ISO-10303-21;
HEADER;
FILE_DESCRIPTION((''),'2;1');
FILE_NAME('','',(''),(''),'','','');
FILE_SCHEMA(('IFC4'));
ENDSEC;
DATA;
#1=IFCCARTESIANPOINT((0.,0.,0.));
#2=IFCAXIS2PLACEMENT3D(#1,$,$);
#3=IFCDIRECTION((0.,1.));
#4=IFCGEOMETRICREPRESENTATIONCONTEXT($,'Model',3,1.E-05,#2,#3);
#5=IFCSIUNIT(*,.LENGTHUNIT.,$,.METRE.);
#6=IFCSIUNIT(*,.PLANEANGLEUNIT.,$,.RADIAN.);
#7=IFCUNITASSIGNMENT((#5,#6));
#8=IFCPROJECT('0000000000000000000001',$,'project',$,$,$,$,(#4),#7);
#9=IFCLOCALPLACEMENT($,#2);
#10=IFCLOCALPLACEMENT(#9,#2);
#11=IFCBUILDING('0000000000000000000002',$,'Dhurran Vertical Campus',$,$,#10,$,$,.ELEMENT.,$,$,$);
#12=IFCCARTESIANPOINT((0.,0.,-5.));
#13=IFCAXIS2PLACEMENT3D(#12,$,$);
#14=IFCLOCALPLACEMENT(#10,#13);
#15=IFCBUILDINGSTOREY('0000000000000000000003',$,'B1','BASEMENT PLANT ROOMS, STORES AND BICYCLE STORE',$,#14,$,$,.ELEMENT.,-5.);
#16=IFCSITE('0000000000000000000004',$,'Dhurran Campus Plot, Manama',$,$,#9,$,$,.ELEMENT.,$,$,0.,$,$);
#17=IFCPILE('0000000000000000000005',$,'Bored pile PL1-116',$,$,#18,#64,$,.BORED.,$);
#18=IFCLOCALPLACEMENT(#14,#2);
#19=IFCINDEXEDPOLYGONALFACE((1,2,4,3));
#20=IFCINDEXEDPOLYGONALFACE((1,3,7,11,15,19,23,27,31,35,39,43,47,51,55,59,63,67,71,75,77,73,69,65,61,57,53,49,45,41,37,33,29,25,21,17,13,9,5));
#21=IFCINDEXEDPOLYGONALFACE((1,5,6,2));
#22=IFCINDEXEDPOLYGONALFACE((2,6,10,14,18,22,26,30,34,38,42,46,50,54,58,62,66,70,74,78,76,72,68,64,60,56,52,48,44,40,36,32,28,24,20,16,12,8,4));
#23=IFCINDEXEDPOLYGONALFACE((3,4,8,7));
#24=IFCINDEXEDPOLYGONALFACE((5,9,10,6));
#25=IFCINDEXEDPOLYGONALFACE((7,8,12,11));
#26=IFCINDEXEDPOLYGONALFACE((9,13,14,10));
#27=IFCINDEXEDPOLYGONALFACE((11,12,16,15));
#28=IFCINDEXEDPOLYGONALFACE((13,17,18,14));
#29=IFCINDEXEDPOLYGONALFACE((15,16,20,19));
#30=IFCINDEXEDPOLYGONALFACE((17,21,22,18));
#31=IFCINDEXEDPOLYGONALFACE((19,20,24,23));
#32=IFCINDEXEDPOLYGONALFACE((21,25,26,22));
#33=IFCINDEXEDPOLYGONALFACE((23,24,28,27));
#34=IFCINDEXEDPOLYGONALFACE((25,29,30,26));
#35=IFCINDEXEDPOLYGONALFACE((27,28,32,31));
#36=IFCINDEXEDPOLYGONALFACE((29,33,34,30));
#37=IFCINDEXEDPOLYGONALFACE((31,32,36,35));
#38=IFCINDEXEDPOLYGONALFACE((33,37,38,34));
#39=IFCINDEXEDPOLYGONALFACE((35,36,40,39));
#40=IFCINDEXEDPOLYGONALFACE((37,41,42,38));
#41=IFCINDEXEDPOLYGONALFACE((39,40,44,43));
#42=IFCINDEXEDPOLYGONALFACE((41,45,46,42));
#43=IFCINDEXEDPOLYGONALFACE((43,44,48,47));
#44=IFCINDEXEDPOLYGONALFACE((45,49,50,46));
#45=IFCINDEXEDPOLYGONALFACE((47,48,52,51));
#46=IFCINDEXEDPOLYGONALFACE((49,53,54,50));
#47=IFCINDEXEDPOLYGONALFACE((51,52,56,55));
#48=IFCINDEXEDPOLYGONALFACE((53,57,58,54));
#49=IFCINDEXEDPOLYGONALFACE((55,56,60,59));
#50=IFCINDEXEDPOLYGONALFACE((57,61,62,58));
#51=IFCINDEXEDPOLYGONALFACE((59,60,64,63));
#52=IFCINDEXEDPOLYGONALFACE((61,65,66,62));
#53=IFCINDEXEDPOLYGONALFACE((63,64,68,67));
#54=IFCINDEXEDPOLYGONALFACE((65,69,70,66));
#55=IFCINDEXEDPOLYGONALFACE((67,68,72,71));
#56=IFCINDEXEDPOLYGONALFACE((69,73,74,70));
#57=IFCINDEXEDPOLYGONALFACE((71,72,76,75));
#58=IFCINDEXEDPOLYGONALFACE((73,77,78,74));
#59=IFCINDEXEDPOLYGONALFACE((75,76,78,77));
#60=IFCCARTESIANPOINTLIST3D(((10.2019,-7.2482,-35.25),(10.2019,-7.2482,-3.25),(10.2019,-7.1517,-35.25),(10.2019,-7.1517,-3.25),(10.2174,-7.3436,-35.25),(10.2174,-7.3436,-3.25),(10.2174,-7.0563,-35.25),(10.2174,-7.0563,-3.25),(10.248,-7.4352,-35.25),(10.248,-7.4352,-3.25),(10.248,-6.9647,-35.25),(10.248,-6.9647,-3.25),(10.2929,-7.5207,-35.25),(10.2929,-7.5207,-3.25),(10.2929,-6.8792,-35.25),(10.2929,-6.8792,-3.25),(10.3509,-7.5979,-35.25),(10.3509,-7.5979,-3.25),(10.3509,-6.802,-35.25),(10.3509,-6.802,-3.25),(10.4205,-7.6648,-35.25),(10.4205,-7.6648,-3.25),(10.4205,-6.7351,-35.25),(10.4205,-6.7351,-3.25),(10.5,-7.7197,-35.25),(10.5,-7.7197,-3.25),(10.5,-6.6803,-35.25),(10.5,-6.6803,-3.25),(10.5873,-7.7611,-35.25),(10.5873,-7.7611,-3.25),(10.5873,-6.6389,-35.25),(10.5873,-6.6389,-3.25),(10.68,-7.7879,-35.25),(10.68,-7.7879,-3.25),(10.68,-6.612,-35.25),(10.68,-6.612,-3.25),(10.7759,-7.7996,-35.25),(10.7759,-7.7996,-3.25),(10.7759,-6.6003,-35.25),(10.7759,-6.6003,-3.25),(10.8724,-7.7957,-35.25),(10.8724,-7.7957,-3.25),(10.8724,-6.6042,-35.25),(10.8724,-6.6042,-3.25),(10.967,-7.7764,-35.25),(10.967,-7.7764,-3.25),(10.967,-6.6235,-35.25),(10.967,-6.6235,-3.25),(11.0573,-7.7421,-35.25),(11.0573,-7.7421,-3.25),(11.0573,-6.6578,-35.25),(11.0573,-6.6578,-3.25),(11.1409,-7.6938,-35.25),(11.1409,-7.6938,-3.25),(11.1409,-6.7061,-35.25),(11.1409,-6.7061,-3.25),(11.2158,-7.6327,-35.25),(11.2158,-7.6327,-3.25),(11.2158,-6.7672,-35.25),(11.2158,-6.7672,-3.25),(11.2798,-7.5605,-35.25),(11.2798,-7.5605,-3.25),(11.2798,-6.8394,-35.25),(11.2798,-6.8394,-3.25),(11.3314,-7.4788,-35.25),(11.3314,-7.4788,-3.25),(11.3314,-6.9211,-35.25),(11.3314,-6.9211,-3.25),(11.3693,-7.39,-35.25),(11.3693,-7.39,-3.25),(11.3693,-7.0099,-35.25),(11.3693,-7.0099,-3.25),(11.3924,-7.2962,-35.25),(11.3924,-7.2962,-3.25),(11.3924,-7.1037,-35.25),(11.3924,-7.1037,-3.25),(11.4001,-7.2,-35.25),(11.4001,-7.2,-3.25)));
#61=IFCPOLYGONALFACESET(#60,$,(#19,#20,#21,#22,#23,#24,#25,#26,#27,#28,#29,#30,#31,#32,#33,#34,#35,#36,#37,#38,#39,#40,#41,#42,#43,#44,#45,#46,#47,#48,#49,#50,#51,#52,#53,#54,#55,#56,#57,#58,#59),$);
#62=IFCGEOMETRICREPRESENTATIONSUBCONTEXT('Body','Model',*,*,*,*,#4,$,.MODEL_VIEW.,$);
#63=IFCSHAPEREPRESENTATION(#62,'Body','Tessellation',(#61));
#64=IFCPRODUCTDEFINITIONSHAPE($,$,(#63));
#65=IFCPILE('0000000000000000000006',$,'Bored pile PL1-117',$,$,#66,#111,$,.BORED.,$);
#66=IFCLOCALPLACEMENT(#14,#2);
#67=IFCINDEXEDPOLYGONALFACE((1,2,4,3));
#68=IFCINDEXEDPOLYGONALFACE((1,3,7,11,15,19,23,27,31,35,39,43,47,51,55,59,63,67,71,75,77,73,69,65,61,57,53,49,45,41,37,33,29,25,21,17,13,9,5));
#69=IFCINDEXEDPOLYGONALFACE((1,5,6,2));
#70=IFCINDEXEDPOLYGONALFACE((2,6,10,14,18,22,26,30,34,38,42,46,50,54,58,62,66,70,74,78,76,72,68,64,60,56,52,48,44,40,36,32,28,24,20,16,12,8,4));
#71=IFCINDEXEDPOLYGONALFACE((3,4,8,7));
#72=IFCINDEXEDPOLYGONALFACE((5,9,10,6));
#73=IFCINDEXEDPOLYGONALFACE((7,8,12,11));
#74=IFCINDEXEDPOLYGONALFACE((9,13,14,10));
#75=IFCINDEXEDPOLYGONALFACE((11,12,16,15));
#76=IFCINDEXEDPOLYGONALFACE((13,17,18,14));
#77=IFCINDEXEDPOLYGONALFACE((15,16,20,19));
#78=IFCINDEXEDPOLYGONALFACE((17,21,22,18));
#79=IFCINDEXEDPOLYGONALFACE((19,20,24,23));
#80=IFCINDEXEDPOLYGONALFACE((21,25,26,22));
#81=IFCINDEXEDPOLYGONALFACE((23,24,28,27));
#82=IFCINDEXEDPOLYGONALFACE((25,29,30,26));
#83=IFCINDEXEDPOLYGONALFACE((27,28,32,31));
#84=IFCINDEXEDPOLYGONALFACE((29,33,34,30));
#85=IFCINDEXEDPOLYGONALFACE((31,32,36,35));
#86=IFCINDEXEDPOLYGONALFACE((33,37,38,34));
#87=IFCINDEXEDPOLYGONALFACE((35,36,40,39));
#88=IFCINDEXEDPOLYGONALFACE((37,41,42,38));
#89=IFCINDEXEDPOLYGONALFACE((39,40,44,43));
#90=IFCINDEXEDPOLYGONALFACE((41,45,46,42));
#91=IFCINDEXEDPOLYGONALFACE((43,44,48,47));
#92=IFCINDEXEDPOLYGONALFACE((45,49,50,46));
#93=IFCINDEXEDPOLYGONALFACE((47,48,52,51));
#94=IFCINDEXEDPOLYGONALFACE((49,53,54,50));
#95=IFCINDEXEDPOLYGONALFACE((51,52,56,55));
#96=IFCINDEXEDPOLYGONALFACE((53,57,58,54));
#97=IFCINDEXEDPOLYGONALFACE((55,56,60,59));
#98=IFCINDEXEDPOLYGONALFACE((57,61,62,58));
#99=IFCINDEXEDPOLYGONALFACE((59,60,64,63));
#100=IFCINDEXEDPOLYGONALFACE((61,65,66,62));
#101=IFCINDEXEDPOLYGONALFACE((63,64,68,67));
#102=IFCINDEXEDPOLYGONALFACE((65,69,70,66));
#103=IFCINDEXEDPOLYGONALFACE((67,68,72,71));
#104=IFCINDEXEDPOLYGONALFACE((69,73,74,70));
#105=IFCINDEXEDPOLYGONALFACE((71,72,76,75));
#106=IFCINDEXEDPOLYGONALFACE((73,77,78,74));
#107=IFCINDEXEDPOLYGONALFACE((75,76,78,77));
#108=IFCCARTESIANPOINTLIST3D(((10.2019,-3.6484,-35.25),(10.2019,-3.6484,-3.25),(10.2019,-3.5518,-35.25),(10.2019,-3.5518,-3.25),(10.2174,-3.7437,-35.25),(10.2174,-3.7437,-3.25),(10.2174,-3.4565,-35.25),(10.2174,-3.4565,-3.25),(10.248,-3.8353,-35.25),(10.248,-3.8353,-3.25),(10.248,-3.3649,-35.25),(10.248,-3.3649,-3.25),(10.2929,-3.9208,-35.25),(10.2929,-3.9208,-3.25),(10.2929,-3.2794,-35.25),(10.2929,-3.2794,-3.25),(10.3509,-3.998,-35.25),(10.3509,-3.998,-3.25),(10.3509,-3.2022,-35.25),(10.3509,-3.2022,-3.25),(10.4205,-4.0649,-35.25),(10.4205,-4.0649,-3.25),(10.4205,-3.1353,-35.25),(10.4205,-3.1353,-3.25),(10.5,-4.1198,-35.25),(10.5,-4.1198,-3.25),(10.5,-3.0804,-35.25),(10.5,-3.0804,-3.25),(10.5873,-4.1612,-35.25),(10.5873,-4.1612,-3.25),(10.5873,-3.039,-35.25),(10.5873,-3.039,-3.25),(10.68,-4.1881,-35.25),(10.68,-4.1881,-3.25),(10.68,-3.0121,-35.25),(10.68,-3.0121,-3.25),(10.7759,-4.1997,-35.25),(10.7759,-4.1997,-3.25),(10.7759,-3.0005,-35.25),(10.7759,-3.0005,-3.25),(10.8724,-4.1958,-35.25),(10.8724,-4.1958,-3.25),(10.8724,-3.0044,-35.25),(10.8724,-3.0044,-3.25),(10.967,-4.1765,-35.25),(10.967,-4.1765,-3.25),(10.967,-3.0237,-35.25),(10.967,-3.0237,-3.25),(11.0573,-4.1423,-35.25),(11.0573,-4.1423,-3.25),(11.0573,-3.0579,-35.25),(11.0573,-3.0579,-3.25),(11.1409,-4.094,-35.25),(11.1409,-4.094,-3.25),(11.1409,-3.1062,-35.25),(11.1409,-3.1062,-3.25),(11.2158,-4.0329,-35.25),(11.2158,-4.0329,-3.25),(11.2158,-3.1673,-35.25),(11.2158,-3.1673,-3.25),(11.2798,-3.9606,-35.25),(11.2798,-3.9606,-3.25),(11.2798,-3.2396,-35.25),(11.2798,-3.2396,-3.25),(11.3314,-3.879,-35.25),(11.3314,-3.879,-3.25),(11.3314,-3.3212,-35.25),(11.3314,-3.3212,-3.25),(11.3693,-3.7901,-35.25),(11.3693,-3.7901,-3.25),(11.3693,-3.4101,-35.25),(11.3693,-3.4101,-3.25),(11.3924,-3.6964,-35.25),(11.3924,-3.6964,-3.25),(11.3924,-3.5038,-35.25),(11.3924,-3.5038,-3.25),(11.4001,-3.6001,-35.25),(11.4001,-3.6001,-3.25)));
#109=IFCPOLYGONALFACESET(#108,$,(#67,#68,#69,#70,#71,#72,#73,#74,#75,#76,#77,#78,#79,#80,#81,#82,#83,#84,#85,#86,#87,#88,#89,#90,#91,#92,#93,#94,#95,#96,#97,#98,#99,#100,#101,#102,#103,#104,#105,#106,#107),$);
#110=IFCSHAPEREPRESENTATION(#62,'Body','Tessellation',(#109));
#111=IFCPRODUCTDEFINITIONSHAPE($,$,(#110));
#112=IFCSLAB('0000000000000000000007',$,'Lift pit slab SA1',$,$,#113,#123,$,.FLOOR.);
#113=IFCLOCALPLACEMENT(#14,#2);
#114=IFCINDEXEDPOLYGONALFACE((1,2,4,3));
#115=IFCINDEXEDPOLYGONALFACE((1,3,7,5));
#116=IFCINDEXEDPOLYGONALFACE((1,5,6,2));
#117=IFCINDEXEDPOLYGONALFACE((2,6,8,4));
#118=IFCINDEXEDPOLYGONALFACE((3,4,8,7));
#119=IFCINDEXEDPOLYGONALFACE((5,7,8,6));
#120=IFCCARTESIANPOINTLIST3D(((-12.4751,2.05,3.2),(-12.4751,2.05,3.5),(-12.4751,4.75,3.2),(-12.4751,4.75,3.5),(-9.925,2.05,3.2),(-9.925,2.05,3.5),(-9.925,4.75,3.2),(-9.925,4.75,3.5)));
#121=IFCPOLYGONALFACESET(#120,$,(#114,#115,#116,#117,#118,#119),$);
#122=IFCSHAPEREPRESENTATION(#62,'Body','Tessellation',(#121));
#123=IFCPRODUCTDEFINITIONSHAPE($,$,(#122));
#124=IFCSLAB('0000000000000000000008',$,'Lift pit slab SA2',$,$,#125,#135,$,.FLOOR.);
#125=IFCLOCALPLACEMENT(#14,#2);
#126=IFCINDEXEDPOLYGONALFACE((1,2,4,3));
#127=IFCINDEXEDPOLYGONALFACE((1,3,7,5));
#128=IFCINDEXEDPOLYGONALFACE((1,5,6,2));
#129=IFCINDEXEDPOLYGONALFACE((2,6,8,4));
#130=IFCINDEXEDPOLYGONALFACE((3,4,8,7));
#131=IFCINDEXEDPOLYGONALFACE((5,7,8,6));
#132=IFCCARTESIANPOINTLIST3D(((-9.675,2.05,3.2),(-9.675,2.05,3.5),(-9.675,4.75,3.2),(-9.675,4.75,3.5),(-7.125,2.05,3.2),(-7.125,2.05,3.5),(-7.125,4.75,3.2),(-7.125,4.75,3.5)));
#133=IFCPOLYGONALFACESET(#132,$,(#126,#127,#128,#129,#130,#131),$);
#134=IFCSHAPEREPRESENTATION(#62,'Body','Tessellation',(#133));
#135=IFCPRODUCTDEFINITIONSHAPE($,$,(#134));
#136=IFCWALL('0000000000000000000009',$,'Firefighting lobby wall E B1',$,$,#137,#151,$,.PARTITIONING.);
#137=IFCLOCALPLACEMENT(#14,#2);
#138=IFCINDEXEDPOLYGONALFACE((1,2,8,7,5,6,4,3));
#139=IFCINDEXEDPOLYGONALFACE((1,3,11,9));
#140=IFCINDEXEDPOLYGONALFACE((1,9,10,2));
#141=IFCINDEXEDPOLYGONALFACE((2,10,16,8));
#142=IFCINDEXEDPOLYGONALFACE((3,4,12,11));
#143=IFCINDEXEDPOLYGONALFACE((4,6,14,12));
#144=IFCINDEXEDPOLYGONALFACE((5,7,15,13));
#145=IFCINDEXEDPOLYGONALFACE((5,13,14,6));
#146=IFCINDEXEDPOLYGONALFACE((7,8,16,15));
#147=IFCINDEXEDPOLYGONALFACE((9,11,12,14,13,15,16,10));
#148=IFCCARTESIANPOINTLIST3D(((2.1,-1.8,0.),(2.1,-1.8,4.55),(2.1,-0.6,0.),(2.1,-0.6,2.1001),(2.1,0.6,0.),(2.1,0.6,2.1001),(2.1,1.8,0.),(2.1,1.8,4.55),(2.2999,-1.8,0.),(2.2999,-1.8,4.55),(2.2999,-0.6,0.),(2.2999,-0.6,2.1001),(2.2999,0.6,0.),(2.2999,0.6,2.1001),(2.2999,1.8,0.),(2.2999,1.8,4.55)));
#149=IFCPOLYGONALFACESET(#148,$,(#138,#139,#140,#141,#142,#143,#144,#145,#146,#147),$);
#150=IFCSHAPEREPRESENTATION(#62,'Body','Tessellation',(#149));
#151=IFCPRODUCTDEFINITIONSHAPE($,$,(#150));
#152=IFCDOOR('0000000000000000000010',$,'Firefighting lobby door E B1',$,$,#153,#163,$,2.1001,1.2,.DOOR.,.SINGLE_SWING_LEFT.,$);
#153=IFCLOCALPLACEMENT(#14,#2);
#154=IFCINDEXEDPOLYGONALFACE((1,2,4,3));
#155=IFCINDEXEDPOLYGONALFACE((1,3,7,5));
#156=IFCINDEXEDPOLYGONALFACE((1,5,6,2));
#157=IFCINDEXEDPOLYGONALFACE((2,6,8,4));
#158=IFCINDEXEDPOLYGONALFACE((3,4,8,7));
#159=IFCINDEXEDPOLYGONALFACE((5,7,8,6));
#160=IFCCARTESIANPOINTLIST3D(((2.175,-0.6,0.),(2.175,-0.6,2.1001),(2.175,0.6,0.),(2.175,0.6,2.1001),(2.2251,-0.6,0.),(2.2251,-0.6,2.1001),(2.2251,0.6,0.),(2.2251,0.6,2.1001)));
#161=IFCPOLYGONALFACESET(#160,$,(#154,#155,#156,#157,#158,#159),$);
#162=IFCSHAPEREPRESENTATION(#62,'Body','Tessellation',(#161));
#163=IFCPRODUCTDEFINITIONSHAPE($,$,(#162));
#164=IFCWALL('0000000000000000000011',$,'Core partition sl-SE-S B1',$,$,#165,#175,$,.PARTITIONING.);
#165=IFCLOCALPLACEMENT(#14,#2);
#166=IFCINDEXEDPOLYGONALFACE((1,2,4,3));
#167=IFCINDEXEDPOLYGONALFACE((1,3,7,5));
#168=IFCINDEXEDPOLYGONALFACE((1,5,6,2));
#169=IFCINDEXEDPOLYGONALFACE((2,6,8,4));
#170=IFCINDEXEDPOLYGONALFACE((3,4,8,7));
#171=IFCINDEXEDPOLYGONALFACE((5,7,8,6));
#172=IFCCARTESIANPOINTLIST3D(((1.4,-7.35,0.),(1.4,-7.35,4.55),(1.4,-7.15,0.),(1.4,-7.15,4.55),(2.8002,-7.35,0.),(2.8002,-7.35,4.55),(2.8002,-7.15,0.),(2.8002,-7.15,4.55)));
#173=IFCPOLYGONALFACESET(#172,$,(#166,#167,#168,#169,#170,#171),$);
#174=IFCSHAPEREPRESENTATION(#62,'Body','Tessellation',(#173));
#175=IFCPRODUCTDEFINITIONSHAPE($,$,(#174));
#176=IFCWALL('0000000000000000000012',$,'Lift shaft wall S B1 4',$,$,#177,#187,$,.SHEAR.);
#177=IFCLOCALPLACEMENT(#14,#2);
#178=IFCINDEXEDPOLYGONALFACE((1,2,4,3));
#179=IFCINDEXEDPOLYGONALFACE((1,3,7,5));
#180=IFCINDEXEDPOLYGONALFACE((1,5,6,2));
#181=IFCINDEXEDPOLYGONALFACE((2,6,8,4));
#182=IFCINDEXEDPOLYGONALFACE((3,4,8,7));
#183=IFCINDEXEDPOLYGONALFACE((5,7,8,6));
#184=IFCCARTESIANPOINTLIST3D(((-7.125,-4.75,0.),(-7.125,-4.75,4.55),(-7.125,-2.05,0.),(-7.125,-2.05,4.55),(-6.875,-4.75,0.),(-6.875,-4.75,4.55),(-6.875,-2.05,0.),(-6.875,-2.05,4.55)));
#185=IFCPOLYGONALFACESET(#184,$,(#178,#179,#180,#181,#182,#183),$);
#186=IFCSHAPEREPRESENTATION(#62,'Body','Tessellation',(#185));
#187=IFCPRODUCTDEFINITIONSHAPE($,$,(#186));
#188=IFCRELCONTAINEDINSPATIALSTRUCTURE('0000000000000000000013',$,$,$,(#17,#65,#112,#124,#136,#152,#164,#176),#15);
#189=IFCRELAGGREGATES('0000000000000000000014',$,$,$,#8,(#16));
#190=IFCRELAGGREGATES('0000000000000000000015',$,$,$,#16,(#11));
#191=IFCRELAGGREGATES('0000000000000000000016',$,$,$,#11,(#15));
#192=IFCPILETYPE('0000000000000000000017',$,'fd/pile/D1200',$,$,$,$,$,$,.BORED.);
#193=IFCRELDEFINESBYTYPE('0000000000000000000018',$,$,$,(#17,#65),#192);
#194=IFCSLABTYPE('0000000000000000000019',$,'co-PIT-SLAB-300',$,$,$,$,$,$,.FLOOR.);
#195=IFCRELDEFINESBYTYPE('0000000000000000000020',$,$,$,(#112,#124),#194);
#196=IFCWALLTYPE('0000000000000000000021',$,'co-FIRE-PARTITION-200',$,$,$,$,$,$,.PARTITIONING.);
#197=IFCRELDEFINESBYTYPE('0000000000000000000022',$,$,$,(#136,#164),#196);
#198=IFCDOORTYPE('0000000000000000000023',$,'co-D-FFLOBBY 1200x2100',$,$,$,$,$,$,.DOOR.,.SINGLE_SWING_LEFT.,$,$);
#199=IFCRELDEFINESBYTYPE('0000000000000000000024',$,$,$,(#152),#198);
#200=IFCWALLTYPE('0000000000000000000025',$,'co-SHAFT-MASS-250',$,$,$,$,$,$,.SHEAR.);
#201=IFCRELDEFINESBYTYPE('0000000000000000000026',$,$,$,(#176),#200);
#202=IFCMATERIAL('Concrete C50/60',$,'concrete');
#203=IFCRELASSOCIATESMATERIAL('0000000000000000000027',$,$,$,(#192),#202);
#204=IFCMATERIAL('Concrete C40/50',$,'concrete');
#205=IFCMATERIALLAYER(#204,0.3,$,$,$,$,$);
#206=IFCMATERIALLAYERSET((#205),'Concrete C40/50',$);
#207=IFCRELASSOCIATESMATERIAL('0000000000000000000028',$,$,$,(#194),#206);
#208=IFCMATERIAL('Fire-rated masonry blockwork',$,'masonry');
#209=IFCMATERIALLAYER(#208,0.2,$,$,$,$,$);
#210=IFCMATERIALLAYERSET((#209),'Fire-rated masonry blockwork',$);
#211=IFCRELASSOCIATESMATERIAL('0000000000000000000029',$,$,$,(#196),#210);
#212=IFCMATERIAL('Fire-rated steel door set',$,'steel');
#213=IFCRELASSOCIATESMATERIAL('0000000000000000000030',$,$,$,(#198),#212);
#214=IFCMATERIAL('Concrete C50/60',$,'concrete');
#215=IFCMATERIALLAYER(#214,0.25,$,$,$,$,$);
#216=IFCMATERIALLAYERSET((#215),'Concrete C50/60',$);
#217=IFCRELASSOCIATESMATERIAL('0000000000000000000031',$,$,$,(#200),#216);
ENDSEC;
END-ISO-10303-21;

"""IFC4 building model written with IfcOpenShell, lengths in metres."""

from ifc_helpers import new_model, si_unit, direction, frame, frame_2d, origin, origin_2d, place, context, subcontext, project, spatial, polyline, rectangle, circle, outline, extrude, material, layer, layer_set, material_profile, profile_set, type_object, element, fill, save


model = new_model("IFC4")

# Units and contexts
model_context = context("Model", 3, precision=1e-05, world=origin(), true_north=direction((0.0, 1.0)))
body_context = subcontext(model_context, "Body", "Model", "MODEL_VIEW")
ifc_project = project(units=[si_unit("LENGTHUNIT", "METRE"), si_unit("PLANEANGLEUNIT", "RADIAN")], contexts=[model_context])

# Site, building, storey
site_placement = place(None, origin())
site = spatial("IfcSite", under=ifc_project, at=site_placement, Name="Dhurran Campus Plot, Manama", CompositionType="ELEMENT", RefElevation=0.0)
building_placement = place(site_placement, origin())
building = spatial("IfcBuilding", under=site, at=building_placement, Name="Dhurran Vertical Campus", CompositionType="ELEMENT")
storey_placement = place(building_placement, frame((0.0, 0.0, -5.0)))
storey = spatial("IfcBuildingStorey", under=building, at=storey_placement, Name="B1", Description="BASEMENT PLANT ROOMS, STORES AND BICYCLE STORE", CompositionType="ELEMENT", Elevation=-5.0)

# Piles
ifc_material_1 = material(Name="Concrete C50/60", Category="concrete")
ifc_material_profile = material_profile(ifc_material_1, circle(Radius=0.6001, at=origin_2d()), Name="fd/pile/D1200")
ifc_profile_set = profile_set([ifc_material_profile], Name="Concrete C50/60")
pile_type = type_object("IfcPileType", Name="fd/pile/D1200", PredefinedType="BORED", material=ifc_profile_set)
for number, where, z_axis, x_axis, name in (
    (1, (10.8, -7.2, -3.25), (0.0, 0.0, -1.0), (1.0, 0.0, 0.0), "Bored pile PL1-116"),
    (2, (10.8, -3.6001, -3.25), (0.0, 0.0, -1.0), (1.0, 0.0, 0.0), "Bored pile PL1-117"),
):
    element("IfcPile", number, at=place(storey_placement, frame(where, z_axis=z_axis, x_axis=x_axis)), inside=storey, type_object=pile_type, Name=name, PredefinedType="BORED", context=body_context, shape_type="SweptSolid", body=[
        extrude(circle(Radius=0.6001, at=origin_2d()), origin(), (0.0, 0.0, 1.0), 32.0),
    ])

# Slabs
ifc_material_2 = material(Name="Concrete C40/50", Category="concrete")
ifc_layer_1 = layer(ifc_material_2, 0.3)
ifc_layer_set_1 = layer_set([ifc_layer_1], Name="Concrete C40/50")
slab_type = type_object("IfcSlabType", Name="co-PIT-SLAB-300", PredefinedType="FLOOR", material=ifc_layer_set_1)
slab_1_placement = place(storey_placement, frame((0.0, 0.0, 3.2)))
element("IfcSlab", 3, at=slab_1_placement, inside=storey, type_object=slab_type, Name="Lift pit slab SA1", PredefinedType="FLOOR", context=body_context, shape_type="SweptSolid", body=[
    extrude(outline(polyline([(-12.4751, 2.05), (-9.925, 2.05), (-9.925, 4.75), (-12.4751, 4.75), (-12.4751, 2.05)])), origin(), (0.0, 0.0, 1.0), 0.3),
])
slab_2_placement = place(storey_placement, frame((0.0, 0.0, 3.2)))
element("IfcSlab", 4, at=slab_2_placement, inside=storey, type_object=slab_type, Name="Lift pit slab SA2", PredefinedType="FLOOR", context=body_context, shape_type="SweptSolid", body=[
    extrude(outline(polyline([(-9.675, 2.05), (-7.125, 2.05), (-7.125, 4.75), (-9.675, 4.75), (-9.675, 2.05)])), origin(), (0.0, 0.0, 1.0), 0.3),
])

# Wall, opening, door
ifc_material_3 = material(Name="Fire-rated masonry blockwork", Category="masonry")
ifc_layer_2 = layer(ifc_material_3, 0.2)
ifc_layer_set_2 = layer_set([ifc_layer_2], Name="Fire-rated masonry blockwork")
wall_type_1 = type_object("IfcWallType", Name="co-FIRE-PARTITION-200", PredefinedType="PARTITIONING", material=ifc_layer_set_2)
wall_1_placement = place(storey_placement, frame((2.2, -1.8, 0.0), z_axis=(0.0, 0.0, 1.0), x_axis=(0.0, 1.0, 0.0)))
wall_1 = element("IfcWall", 5, at=wall_1_placement, inside=storey, type_object=wall_type_1, Name="Firefighting lobby wall E B1", PredefinedType="PARTITIONING", context=body_context, shape_type="SweptSolid", body=[
    extrude(rectangle(XDim=3.6001, YDim=0.2, at=frame_2d((1.8, 0.0))), origin(), (0.0, 0.0, 1.0), 4.55),
])
opening_1_placement = place(wall_1_placement, frame((1.2, 0.0, 0.0)))
opening_1 = element("IfcOpeningElement", 6, at=opening_1_placement, cuts=wall_1, PredefinedType="OPENING", context=body_context, shape_type="SweptSolid", body=[
    extrude(rectangle(XDim=1.2, YDim=2.1001, at=frame_2d((0.6001, 1.05))), frame((0.0, 0.1099, 0.0), z_axis=(0.0, -1.0, 0.0), x_axis=(1.0, 0.0, 0.0)), (0.0, 0.0, 1.0), 0.22),
])
ifc_material_4 = material(Name="Fire-rated steel door set", Category="steel")
door_type_1 = type_object("IfcDoorType", Name="co-D-FFLOBBY 1200x2100", OperationType="SINGLE_SWING_LEFT", PredefinedType="DOOR", material=ifc_material_4)
door_1_placement = place(opening_1_placement, origin())
door_1 = element("IfcDoor", 7, at=door_1_placement, inside=storey, type_object=door_type_1, Name="Firefighting lobby door E B1", OperationType="SINGLE_SWING_LEFT", OverallHeight=2.1001, OverallWidth=1.2, PredefinedType="DOOR", context=body_context, shape_type="SweptSolid", body=[
    extrude(rectangle(XDim=1.2, YDim=2.1001, at=frame_2d((0.6001, 1.05))), frame((0.0, 0.0249, 0.0), z_axis=(0.0, -1.0, 0.0), x_axis=(1.0, 0.0, 0.0)), (0.0, 0.0, 1.0), 0.05),
])
fill(opening_1, door_1)

# Walls
wall_2_placement = place(storey_placement, frame((1.3999, -7.25, 0.0), z_axis=(0.0, 0.0, 1.0), x_axis=(1.0, 0.0, 0.0)))
element("IfcWall", 8, at=wall_2_placement, inside=storey, type_object=wall_type_1, Name="Core partition sl-SE-S B1", PredefinedType="PARTITIONING", context=body_context, shape_type="SweptSolid", body=[
    extrude(rectangle(XDim=1.4001, YDim=0.2, at=frame_2d((0.7002, 0.0))), origin(), (0.0, 0.0, 1.0), 4.55),
])
ifc_material_5 = material(Name="Concrete C50/60", Category="concrete")
ifc_layer_3 = layer(ifc_material_5, 0.25)
ifc_layer_set_3 = layer_set([ifc_layer_3], Name="Concrete C50/60")
wall_type_2 = type_object("IfcWallType", Name="co-SHAFT-MASS-250", PredefinedType="SHEAR", material=ifc_layer_set_3)
wall_3_placement = place(storey_placement, origin())
element("IfcWall", 9, at=wall_3_placement, inside=storey, type_object=wall_type_2, Name="Lift shaft wall S B1 4", PredefinedType="SHEAR", context=body_context, shape_type="SweptSolid", body=[
    extrude(outline(polyline([(-7.125, -4.75), (-6.875, -4.75), (-6.875, -2.05), (-7.125, -2.05), (-7.125, -4.75)])), origin(), (0.0, 0.0, 1.0), 4.55),
])

save(model, "model.ifc")
